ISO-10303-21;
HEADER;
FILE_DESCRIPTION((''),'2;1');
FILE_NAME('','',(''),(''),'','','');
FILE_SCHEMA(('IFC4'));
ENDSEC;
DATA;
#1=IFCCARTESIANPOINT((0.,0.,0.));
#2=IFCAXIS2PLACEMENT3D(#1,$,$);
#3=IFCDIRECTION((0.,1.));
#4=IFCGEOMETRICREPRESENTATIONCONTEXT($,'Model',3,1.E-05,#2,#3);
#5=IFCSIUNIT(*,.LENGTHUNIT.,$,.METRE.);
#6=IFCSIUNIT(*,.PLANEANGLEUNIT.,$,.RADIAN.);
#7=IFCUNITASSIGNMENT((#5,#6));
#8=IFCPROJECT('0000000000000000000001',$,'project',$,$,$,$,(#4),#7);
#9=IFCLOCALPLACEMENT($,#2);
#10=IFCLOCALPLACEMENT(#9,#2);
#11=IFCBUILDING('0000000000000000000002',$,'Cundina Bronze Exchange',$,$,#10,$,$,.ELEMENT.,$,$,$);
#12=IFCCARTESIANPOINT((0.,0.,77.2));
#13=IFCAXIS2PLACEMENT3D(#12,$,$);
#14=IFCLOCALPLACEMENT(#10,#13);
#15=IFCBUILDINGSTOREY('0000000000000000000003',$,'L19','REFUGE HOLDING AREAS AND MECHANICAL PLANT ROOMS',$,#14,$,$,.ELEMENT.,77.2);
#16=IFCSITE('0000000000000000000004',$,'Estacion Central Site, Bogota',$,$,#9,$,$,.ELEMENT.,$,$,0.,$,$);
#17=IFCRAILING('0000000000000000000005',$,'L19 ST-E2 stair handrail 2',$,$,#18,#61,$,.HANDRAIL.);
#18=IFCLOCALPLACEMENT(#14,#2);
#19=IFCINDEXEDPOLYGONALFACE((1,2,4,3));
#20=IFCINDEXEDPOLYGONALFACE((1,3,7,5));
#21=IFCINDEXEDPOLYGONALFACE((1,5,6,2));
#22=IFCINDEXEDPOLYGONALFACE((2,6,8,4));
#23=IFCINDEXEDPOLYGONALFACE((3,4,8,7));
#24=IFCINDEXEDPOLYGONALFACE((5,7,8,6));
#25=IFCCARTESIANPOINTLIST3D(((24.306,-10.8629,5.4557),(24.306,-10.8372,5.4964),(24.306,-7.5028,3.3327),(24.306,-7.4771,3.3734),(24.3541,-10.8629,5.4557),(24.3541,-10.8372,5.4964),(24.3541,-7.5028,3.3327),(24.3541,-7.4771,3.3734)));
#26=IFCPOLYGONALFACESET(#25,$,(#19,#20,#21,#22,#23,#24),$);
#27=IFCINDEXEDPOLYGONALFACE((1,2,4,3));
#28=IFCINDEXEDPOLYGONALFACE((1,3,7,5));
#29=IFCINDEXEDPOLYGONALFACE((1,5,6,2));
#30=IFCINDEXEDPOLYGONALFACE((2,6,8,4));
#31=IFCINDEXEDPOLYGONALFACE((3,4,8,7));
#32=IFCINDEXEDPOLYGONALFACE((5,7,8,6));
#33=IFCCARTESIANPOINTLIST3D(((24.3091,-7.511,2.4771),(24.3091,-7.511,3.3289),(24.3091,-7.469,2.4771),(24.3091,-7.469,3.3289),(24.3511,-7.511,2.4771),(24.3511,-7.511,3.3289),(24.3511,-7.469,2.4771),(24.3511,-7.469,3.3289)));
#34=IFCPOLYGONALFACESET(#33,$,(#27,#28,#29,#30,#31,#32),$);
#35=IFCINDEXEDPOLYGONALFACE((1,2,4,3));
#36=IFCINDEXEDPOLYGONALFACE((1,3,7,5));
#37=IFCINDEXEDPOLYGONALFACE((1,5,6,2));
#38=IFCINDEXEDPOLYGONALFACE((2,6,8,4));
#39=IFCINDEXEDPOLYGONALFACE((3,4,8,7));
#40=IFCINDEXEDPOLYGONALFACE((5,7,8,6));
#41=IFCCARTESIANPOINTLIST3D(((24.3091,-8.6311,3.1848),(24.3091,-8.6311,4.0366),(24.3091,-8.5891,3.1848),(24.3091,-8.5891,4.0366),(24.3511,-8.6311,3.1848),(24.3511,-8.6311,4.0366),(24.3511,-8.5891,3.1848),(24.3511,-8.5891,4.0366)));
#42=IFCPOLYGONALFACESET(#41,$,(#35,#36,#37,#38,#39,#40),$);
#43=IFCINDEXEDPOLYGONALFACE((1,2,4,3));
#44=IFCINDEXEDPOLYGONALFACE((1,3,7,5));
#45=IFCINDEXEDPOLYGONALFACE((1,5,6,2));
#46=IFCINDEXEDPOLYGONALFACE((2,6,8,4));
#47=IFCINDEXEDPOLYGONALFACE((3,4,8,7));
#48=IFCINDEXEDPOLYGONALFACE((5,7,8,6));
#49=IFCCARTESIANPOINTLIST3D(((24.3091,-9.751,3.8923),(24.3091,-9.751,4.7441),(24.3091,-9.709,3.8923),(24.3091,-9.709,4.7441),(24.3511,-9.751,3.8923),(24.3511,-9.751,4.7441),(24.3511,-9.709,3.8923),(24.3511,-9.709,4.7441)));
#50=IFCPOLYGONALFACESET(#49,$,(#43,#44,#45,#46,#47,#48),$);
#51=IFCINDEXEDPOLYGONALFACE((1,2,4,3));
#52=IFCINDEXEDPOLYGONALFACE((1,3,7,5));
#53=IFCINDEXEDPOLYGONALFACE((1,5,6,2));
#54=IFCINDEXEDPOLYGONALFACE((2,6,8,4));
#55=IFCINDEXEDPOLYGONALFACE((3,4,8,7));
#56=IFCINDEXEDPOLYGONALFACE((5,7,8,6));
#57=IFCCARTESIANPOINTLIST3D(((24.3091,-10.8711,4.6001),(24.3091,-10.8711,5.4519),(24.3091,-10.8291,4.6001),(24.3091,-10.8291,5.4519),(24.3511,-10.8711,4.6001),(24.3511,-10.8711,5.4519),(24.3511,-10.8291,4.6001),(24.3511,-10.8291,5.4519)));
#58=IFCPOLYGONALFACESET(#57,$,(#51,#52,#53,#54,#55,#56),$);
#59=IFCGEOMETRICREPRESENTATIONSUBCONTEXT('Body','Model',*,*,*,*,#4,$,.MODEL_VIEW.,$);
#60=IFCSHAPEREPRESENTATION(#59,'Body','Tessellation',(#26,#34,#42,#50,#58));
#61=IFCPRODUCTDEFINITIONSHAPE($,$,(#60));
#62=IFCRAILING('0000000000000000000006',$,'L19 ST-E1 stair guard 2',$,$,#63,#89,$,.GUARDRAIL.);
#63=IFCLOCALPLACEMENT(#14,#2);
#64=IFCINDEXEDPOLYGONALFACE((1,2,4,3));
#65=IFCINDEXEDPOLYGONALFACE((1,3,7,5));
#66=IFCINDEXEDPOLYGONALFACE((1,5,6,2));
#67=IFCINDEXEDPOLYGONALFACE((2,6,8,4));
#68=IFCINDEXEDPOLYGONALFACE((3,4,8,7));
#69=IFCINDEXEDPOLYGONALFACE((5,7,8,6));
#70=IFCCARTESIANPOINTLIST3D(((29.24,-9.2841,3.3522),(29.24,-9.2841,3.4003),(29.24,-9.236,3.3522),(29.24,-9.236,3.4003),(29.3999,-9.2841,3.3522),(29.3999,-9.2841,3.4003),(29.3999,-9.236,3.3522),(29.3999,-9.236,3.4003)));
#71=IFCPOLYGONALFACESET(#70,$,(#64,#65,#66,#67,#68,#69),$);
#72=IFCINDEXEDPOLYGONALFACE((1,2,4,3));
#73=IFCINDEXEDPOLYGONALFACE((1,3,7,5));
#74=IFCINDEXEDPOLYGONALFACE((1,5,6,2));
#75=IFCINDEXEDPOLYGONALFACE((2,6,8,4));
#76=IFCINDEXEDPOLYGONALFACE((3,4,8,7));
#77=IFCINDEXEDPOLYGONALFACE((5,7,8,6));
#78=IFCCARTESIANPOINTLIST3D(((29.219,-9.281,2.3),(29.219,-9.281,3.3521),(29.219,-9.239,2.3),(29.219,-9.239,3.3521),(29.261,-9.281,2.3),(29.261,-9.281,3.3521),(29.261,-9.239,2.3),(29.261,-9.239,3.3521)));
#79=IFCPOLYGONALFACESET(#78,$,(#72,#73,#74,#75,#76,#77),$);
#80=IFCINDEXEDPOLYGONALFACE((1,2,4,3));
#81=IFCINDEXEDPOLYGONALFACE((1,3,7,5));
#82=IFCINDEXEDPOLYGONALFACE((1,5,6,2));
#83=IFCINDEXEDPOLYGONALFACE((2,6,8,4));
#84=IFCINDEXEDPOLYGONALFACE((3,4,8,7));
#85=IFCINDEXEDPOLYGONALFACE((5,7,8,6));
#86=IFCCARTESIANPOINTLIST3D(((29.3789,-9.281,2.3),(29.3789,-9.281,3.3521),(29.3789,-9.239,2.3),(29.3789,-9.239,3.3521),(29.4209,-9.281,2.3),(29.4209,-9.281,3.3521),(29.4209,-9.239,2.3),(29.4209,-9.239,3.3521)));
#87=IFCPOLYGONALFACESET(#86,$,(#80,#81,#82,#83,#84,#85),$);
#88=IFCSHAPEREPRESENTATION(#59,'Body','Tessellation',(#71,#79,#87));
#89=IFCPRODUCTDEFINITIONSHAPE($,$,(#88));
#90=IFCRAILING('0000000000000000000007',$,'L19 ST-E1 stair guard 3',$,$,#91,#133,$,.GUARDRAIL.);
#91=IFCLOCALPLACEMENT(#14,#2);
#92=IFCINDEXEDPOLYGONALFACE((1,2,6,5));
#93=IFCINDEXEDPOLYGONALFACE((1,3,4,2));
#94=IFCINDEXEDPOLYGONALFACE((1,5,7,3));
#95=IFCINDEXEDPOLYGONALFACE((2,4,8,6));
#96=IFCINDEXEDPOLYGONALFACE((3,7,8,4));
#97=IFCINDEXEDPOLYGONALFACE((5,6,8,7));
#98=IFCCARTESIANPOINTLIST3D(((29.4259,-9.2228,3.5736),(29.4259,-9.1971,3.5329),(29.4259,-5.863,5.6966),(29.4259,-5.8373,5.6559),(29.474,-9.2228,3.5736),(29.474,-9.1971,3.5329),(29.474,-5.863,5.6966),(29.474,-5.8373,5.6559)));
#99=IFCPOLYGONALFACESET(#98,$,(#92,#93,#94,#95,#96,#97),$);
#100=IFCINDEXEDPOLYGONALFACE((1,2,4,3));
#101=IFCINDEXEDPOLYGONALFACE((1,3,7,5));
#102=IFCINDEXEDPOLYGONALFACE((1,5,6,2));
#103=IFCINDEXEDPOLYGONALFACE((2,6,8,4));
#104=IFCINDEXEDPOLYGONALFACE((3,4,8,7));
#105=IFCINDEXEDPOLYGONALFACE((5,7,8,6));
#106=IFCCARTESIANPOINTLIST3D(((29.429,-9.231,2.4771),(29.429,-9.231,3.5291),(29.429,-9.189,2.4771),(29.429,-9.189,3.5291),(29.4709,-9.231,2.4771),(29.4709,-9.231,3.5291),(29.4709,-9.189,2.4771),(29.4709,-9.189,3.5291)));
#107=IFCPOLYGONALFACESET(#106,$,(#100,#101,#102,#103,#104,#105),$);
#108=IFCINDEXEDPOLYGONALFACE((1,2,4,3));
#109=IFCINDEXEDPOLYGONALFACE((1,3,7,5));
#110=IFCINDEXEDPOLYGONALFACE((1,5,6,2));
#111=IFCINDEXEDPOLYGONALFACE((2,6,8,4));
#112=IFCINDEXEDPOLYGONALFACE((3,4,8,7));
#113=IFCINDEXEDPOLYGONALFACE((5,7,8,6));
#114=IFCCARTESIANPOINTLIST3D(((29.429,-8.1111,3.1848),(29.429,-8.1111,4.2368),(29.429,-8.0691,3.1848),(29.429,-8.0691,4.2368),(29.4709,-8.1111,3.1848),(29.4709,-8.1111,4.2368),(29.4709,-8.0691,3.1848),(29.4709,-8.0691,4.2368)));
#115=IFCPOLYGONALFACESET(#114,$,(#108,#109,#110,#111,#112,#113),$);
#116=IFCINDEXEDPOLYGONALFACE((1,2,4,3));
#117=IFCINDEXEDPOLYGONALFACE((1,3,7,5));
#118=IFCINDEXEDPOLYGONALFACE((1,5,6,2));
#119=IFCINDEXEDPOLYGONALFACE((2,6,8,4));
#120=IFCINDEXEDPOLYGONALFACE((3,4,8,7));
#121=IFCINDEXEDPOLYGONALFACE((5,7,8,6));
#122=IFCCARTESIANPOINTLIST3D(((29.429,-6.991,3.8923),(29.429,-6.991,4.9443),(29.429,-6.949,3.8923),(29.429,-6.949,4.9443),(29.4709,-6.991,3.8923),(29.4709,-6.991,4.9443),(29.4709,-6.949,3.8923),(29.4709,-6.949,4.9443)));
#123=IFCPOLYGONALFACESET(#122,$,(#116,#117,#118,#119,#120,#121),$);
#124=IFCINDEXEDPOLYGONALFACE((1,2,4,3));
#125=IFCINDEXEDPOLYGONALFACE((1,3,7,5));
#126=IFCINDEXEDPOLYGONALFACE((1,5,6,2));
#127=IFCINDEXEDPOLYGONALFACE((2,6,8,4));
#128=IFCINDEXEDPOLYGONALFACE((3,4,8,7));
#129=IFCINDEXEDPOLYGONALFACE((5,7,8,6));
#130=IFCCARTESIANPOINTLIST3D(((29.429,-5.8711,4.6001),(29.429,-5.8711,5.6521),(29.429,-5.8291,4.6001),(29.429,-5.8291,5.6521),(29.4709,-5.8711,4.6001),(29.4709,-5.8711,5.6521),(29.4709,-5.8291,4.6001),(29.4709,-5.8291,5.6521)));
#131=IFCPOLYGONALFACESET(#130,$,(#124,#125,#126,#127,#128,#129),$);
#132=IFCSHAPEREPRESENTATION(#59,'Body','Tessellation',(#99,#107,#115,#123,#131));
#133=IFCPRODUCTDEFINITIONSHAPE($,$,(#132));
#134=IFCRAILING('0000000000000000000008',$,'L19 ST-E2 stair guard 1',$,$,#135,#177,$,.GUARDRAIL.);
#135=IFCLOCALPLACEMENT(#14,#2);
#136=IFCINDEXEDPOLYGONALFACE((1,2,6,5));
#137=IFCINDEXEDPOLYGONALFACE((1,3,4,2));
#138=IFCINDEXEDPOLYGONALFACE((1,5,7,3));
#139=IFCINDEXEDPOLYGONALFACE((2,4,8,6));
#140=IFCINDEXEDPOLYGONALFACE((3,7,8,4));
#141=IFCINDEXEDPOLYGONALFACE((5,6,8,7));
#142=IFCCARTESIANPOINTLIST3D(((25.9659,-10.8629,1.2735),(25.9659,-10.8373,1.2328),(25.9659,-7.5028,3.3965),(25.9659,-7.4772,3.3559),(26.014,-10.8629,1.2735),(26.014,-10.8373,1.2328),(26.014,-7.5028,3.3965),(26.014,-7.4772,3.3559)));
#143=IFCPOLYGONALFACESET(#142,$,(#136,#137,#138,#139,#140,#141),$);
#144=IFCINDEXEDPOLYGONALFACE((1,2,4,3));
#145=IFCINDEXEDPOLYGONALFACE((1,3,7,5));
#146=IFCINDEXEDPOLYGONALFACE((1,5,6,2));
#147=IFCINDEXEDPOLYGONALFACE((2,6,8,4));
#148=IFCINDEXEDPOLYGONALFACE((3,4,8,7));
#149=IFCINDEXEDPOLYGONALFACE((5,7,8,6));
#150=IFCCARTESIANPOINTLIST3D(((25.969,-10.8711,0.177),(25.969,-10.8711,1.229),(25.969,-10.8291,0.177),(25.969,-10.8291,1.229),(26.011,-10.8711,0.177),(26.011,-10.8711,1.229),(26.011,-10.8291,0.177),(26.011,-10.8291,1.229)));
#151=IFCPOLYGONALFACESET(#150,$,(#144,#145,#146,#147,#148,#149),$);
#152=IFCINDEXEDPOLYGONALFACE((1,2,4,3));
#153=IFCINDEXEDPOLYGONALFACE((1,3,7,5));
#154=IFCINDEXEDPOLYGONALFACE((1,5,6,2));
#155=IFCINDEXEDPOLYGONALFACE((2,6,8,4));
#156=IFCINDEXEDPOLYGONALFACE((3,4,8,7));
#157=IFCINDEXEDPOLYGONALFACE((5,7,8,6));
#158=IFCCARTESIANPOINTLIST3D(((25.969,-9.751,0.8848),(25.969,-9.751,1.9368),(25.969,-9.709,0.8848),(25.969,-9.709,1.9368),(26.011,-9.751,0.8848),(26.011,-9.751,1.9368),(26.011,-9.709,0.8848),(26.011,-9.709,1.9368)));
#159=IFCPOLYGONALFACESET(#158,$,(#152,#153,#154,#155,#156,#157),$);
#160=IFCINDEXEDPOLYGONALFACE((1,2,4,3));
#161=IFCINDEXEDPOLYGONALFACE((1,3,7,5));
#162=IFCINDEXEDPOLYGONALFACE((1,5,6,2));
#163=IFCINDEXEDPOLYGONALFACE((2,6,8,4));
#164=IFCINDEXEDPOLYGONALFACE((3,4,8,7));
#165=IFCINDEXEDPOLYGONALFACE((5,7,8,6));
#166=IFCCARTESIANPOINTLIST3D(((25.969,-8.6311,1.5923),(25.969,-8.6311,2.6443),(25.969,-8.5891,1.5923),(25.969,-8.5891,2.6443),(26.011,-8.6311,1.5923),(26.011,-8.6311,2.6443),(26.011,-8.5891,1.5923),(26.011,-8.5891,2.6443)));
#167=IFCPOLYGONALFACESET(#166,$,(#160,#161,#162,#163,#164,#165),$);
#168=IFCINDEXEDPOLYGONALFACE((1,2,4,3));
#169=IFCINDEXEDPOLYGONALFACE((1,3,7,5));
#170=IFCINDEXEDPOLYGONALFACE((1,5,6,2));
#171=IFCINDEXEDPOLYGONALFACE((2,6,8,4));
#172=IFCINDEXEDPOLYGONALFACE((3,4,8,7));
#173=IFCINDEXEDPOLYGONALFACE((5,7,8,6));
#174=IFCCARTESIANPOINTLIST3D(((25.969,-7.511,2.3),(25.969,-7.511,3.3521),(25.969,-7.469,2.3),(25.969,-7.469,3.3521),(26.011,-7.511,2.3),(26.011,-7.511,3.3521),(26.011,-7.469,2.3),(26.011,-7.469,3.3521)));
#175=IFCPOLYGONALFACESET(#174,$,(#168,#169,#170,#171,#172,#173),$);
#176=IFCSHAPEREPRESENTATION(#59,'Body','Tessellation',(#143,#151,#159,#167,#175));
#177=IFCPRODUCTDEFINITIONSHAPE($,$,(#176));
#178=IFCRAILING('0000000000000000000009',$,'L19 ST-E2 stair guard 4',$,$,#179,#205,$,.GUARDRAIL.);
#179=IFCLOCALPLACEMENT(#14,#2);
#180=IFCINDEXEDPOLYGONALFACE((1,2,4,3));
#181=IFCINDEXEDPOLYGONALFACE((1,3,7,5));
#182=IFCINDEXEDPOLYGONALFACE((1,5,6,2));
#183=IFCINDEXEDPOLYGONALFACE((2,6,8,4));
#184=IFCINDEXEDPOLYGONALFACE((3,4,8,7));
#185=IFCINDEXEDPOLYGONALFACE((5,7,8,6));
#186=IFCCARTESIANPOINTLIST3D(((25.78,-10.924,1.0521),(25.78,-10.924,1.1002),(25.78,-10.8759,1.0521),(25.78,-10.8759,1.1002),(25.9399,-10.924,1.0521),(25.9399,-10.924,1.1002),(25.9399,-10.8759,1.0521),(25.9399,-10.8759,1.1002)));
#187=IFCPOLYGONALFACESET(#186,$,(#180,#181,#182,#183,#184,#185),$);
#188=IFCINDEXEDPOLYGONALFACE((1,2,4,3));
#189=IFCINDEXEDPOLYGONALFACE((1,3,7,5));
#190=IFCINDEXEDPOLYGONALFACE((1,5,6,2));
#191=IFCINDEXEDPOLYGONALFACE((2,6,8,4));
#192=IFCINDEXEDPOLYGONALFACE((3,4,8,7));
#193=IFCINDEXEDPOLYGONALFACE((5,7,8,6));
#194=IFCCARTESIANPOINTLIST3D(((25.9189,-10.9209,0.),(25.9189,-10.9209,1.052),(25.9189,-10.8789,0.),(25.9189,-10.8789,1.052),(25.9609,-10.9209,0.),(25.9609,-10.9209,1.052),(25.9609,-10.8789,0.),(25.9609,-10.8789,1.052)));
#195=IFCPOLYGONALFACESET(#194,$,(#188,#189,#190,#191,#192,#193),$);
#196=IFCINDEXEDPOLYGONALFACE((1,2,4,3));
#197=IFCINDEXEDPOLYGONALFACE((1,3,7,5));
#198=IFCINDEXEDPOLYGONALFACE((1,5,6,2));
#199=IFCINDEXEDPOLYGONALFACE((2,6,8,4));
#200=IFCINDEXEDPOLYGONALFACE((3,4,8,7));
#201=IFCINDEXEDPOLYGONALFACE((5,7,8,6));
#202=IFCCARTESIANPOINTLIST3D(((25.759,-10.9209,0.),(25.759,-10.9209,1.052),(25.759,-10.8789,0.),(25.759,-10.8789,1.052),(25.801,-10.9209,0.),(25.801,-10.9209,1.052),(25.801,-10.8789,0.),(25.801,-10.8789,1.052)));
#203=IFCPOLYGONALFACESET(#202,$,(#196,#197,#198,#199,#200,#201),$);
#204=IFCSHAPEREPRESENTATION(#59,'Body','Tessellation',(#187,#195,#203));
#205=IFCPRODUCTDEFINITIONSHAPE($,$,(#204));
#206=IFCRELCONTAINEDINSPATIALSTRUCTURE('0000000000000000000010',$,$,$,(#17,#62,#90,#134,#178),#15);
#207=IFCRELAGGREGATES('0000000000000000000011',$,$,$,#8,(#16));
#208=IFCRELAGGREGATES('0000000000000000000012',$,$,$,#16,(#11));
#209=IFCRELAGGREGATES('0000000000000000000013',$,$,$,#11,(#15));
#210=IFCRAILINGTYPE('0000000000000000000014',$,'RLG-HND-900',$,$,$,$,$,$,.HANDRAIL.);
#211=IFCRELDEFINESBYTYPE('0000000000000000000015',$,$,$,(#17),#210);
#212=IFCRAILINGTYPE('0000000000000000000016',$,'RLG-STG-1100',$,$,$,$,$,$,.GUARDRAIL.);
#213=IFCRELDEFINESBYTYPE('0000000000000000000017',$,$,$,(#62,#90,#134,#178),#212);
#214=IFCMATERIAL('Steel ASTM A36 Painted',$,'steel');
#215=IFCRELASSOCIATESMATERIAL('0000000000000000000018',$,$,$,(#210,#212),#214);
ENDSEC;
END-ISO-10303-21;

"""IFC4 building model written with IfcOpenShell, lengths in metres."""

from ifc_helpers import new_model, si_unit, direction, frame, origin, origin_2d, place, context, subcontext, project, spatial, rectangle, extrude, material, type_object, element, save


model = new_model("IFC4")

# Units and contexts
model_context = context("Model", 3, precision=1e-05, world=origin(), true_north=direction((0.0, 1.0)))
body_context = subcontext(model_context, "Body", "Model", "MODEL_VIEW")
ifc_project = project(units=[si_unit("LENGTHUNIT", "METRE"), si_unit("PLANEANGLEUNIT", "RADIAN")], contexts=[model_context])

# Site, building, storey
site_placement = place(None, origin())
site = spatial("IfcSite", under=ifc_project, at=site_placement, Name="Estacion Central Site, Bogota", CompositionType="ELEMENT", RefElevation=0.0)
building_placement = place(site_placement, origin())
building = spatial("IfcBuilding", under=site, at=building_placement, Name="Cundina Bronze Exchange", CompositionType="ELEMENT")
storey_placement = place(building_placement, frame((0.0, 0.0, 77.2)))
storey = spatial("IfcBuildingStorey", under=building, at=storey_placement, Name="L19", Description="REFUGE HOLDING AREAS AND MECHANICAL PLANT ROOMS", CompositionType="ELEMENT", Elevation=77.2)

# Shared definitions
ifc_material_1 = material(Name="Steel ASTM A36 Painted", Category="steel")

# Railings
railing_type_1 = type_object("IfcRailingType", Name="RLG-HND-900", PredefinedType="HANDRAIL", material=ifc_material_1)
railing_1_placement = place(storey_placement, frame((24.3301, -7.49, 2.4771)))
element("IfcRailing", 1, at=railing_1_placement, inside=storey, type_object=railing_type_1, Name="L19 ST-E2 stair handrail 2", PredefinedType="HANDRAIL", context=body_context, shape_type="SweptSolid", body=[
    extrude(rectangle(XDim=0.0481, YDim=0.0481, at=origin_2d()), frame((0.0, 0.0, 0.876), z_axis=(0.0, -0.84539, 0.53415), x_axis=(1.0, 0.0, 0.0)), (0.0, 0.0, 1.0), 3.9746),
    extrude(rectangle(XDim=0.042, YDim=0.042, at=origin_2d()), origin(), (0.0, 0.0, 1.0), 0.8518),
    extrude(rectangle(XDim=0.042, YDim=0.042, at=origin_2d()), frame((0.0, -1.1201, 0.7078)), (0.0, 0.0, 1.0), 0.8518),
    extrude(rectangle(XDim=0.042, YDim=0.042, at=origin_2d()), frame((0.0, -2.24, 1.4153)), (0.0, 0.0, 1.0), 0.8518),
    extrude(rectangle(XDim=0.042, YDim=0.042, at=origin_2d()), frame((0.0, -3.3601, 2.123)), (0.0, 0.0, 1.0), 0.8518),
])
railing_type_2 = type_object("IfcRailingType", Name="RLG-STG-1100", PredefinedType="GUARDRAIL", material=ifc_material_1)
railing_2_placement = place(storey_placement, frame((29.24, -9.26, 2.3)))
element("IfcRailing", 2, at=railing_2_placement, inside=storey, type_object=railing_type_2, Name="L19 ST-E1 stair guard 2", PredefinedType="GUARDRAIL", context=body_context, shape_type="SweptSolid", body=[
    extrude(rectangle(XDim=0.0481, YDim=0.0481, at=origin_2d()), frame((0.0, 0.0, 1.0762), z_axis=(1.0, 0.0, 0.0), x_axis=(0.0, 1.0, 0.0)), (0.0, 0.0, 1.0), 0.1599),
    extrude(rectangle(XDim=0.042, YDim=0.042, at=origin_2d()), origin(), (0.0, 0.0, 1.0), 1.052),
    extrude(rectangle(XDim=0.042, YDim=0.042, at=origin_2d()), frame((0.1599, 0.0, 0.0)), (0.0, 0.0, 1.0), 1.052),
])
railing_3_placement = place(storey_placement, frame((29.45, -9.21, 2.4771)))
element("IfcRailing", 3, at=railing_3_placement, inside=storey, type_object=railing_type_2, Name="L19 ST-E1 stair guard 3", PredefinedType="GUARDRAIL", context=body_context, shape_type="SweptSolid", body=[
    extrude(rectangle(XDim=0.0481, YDim=0.0481, at=origin_2d()), frame((0.0, 0.0, 1.0762), z_axis=(0.0, 0.845372, 0.534178), x_axis=(-1.0, 0.0, 0.0)), (0.0, 0.0, 1.0), 3.9744),
    extrude(rectangle(XDim=0.042, YDim=0.042, at=origin_2d()), origin(), (0.0, 0.0, 1.0), 1.052),
    extrude(rectangle(XDim=0.042, YDim=0.042, at=origin_2d()), frame((0.0, 1.1199, 0.7078)), (0.0, 0.0, 1.0), 1.052),
    extrude(rectangle(XDim=0.042, YDim=0.042, at=origin_2d()), frame((0.0, 2.24, 1.4153)), (0.0, 0.0, 1.0), 1.052),
    extrude(rectangle(XDim=0.042, YDim=0.042, at=origin_2d()), frame((0.0, 3.3599, 2.123)), (0.0, 0.0, 1.0), 1.052),
])
railing_4_placement = place(storey_placement, frame((25.99, -10.8501, 0.177)))
element("IfcRailing", 4, at=railing_4_placement, inside=storey, type_object=railing_type_2, Name="L19 ST-E2 stair guard 1", PredefinedType="GUARDRAIL", context=body_context, shape_type="SweptSolid", body=[
    extrude(rectangle(XDim=0.0481, YDim=0.0481, at=origin_2d()), frame((0.0, 0.0, 1.0762), z_axis=(0.0, 0.84539, 0.53415), x_axis=(-1.0, 0.0, 0.0)), (0.0, 0.0, 1.0), 3.9746),
    extrude(rectangle(XDim=0.042, YDim=0.042, at=origin_2d()), origin(), (0.0, 0.0, 1.0), 1.052),
    extrude(rectangle(XDim=0.042, YDim=0.042, at=origin_2d()), frame((0.0, 1.1201, 0.7078)), (0.0, 0.0, 1.0), 1.052),
    extrude(rectangle(XDim=0.042, YDim=0.042, at=origin_2d()), frame((0.0, 2.24, 1.4153)), (0.0, 0.0, 1.0), 1.052),
    extrude(rectangle(XDim=0.042, YDim=0.042, at=origin_2d()), frame((0.0, 3.3601, 2.123)), (0.0, 0.0, 1.0), 1.052),
])
railing_5_placement = place(storey_placement, frame((25.9399, -10.8999, 0.0)))
element("IfcRailing", 5, at=railing_5_placement, inside=storey, type_object=railing_type_2, Name="L19 ST-E2 stair guard 4", PredefinedType="GUARDRAIL", context=body_context, shape_type="SweptSolid", body=[
    extrude(rectangle(XDim=0.0481, YDim=0.0481, at=origin_2d()), frame((0.0, 0.0, 1.0762), z_axis=(-1.0, 0.0, 0.0), x_axis=(0.0, -1.0, 0.0)), (0.0, 0.0, 1.0), 0.1599),
    extrude(rectangle(XDim=0.042, YDim=0.042, at=origin_2d()), origin(), (0.0, 0.0, 1.0), 1.052),
    extrude(rectangle(XDim=0.042, YDim=0.042, at=origin_2d()), frame((-0.1599, 0.0, 0.0)), (0.0, 0.0, 1.0), 1.052),
])

save(model, "model.ifc")
